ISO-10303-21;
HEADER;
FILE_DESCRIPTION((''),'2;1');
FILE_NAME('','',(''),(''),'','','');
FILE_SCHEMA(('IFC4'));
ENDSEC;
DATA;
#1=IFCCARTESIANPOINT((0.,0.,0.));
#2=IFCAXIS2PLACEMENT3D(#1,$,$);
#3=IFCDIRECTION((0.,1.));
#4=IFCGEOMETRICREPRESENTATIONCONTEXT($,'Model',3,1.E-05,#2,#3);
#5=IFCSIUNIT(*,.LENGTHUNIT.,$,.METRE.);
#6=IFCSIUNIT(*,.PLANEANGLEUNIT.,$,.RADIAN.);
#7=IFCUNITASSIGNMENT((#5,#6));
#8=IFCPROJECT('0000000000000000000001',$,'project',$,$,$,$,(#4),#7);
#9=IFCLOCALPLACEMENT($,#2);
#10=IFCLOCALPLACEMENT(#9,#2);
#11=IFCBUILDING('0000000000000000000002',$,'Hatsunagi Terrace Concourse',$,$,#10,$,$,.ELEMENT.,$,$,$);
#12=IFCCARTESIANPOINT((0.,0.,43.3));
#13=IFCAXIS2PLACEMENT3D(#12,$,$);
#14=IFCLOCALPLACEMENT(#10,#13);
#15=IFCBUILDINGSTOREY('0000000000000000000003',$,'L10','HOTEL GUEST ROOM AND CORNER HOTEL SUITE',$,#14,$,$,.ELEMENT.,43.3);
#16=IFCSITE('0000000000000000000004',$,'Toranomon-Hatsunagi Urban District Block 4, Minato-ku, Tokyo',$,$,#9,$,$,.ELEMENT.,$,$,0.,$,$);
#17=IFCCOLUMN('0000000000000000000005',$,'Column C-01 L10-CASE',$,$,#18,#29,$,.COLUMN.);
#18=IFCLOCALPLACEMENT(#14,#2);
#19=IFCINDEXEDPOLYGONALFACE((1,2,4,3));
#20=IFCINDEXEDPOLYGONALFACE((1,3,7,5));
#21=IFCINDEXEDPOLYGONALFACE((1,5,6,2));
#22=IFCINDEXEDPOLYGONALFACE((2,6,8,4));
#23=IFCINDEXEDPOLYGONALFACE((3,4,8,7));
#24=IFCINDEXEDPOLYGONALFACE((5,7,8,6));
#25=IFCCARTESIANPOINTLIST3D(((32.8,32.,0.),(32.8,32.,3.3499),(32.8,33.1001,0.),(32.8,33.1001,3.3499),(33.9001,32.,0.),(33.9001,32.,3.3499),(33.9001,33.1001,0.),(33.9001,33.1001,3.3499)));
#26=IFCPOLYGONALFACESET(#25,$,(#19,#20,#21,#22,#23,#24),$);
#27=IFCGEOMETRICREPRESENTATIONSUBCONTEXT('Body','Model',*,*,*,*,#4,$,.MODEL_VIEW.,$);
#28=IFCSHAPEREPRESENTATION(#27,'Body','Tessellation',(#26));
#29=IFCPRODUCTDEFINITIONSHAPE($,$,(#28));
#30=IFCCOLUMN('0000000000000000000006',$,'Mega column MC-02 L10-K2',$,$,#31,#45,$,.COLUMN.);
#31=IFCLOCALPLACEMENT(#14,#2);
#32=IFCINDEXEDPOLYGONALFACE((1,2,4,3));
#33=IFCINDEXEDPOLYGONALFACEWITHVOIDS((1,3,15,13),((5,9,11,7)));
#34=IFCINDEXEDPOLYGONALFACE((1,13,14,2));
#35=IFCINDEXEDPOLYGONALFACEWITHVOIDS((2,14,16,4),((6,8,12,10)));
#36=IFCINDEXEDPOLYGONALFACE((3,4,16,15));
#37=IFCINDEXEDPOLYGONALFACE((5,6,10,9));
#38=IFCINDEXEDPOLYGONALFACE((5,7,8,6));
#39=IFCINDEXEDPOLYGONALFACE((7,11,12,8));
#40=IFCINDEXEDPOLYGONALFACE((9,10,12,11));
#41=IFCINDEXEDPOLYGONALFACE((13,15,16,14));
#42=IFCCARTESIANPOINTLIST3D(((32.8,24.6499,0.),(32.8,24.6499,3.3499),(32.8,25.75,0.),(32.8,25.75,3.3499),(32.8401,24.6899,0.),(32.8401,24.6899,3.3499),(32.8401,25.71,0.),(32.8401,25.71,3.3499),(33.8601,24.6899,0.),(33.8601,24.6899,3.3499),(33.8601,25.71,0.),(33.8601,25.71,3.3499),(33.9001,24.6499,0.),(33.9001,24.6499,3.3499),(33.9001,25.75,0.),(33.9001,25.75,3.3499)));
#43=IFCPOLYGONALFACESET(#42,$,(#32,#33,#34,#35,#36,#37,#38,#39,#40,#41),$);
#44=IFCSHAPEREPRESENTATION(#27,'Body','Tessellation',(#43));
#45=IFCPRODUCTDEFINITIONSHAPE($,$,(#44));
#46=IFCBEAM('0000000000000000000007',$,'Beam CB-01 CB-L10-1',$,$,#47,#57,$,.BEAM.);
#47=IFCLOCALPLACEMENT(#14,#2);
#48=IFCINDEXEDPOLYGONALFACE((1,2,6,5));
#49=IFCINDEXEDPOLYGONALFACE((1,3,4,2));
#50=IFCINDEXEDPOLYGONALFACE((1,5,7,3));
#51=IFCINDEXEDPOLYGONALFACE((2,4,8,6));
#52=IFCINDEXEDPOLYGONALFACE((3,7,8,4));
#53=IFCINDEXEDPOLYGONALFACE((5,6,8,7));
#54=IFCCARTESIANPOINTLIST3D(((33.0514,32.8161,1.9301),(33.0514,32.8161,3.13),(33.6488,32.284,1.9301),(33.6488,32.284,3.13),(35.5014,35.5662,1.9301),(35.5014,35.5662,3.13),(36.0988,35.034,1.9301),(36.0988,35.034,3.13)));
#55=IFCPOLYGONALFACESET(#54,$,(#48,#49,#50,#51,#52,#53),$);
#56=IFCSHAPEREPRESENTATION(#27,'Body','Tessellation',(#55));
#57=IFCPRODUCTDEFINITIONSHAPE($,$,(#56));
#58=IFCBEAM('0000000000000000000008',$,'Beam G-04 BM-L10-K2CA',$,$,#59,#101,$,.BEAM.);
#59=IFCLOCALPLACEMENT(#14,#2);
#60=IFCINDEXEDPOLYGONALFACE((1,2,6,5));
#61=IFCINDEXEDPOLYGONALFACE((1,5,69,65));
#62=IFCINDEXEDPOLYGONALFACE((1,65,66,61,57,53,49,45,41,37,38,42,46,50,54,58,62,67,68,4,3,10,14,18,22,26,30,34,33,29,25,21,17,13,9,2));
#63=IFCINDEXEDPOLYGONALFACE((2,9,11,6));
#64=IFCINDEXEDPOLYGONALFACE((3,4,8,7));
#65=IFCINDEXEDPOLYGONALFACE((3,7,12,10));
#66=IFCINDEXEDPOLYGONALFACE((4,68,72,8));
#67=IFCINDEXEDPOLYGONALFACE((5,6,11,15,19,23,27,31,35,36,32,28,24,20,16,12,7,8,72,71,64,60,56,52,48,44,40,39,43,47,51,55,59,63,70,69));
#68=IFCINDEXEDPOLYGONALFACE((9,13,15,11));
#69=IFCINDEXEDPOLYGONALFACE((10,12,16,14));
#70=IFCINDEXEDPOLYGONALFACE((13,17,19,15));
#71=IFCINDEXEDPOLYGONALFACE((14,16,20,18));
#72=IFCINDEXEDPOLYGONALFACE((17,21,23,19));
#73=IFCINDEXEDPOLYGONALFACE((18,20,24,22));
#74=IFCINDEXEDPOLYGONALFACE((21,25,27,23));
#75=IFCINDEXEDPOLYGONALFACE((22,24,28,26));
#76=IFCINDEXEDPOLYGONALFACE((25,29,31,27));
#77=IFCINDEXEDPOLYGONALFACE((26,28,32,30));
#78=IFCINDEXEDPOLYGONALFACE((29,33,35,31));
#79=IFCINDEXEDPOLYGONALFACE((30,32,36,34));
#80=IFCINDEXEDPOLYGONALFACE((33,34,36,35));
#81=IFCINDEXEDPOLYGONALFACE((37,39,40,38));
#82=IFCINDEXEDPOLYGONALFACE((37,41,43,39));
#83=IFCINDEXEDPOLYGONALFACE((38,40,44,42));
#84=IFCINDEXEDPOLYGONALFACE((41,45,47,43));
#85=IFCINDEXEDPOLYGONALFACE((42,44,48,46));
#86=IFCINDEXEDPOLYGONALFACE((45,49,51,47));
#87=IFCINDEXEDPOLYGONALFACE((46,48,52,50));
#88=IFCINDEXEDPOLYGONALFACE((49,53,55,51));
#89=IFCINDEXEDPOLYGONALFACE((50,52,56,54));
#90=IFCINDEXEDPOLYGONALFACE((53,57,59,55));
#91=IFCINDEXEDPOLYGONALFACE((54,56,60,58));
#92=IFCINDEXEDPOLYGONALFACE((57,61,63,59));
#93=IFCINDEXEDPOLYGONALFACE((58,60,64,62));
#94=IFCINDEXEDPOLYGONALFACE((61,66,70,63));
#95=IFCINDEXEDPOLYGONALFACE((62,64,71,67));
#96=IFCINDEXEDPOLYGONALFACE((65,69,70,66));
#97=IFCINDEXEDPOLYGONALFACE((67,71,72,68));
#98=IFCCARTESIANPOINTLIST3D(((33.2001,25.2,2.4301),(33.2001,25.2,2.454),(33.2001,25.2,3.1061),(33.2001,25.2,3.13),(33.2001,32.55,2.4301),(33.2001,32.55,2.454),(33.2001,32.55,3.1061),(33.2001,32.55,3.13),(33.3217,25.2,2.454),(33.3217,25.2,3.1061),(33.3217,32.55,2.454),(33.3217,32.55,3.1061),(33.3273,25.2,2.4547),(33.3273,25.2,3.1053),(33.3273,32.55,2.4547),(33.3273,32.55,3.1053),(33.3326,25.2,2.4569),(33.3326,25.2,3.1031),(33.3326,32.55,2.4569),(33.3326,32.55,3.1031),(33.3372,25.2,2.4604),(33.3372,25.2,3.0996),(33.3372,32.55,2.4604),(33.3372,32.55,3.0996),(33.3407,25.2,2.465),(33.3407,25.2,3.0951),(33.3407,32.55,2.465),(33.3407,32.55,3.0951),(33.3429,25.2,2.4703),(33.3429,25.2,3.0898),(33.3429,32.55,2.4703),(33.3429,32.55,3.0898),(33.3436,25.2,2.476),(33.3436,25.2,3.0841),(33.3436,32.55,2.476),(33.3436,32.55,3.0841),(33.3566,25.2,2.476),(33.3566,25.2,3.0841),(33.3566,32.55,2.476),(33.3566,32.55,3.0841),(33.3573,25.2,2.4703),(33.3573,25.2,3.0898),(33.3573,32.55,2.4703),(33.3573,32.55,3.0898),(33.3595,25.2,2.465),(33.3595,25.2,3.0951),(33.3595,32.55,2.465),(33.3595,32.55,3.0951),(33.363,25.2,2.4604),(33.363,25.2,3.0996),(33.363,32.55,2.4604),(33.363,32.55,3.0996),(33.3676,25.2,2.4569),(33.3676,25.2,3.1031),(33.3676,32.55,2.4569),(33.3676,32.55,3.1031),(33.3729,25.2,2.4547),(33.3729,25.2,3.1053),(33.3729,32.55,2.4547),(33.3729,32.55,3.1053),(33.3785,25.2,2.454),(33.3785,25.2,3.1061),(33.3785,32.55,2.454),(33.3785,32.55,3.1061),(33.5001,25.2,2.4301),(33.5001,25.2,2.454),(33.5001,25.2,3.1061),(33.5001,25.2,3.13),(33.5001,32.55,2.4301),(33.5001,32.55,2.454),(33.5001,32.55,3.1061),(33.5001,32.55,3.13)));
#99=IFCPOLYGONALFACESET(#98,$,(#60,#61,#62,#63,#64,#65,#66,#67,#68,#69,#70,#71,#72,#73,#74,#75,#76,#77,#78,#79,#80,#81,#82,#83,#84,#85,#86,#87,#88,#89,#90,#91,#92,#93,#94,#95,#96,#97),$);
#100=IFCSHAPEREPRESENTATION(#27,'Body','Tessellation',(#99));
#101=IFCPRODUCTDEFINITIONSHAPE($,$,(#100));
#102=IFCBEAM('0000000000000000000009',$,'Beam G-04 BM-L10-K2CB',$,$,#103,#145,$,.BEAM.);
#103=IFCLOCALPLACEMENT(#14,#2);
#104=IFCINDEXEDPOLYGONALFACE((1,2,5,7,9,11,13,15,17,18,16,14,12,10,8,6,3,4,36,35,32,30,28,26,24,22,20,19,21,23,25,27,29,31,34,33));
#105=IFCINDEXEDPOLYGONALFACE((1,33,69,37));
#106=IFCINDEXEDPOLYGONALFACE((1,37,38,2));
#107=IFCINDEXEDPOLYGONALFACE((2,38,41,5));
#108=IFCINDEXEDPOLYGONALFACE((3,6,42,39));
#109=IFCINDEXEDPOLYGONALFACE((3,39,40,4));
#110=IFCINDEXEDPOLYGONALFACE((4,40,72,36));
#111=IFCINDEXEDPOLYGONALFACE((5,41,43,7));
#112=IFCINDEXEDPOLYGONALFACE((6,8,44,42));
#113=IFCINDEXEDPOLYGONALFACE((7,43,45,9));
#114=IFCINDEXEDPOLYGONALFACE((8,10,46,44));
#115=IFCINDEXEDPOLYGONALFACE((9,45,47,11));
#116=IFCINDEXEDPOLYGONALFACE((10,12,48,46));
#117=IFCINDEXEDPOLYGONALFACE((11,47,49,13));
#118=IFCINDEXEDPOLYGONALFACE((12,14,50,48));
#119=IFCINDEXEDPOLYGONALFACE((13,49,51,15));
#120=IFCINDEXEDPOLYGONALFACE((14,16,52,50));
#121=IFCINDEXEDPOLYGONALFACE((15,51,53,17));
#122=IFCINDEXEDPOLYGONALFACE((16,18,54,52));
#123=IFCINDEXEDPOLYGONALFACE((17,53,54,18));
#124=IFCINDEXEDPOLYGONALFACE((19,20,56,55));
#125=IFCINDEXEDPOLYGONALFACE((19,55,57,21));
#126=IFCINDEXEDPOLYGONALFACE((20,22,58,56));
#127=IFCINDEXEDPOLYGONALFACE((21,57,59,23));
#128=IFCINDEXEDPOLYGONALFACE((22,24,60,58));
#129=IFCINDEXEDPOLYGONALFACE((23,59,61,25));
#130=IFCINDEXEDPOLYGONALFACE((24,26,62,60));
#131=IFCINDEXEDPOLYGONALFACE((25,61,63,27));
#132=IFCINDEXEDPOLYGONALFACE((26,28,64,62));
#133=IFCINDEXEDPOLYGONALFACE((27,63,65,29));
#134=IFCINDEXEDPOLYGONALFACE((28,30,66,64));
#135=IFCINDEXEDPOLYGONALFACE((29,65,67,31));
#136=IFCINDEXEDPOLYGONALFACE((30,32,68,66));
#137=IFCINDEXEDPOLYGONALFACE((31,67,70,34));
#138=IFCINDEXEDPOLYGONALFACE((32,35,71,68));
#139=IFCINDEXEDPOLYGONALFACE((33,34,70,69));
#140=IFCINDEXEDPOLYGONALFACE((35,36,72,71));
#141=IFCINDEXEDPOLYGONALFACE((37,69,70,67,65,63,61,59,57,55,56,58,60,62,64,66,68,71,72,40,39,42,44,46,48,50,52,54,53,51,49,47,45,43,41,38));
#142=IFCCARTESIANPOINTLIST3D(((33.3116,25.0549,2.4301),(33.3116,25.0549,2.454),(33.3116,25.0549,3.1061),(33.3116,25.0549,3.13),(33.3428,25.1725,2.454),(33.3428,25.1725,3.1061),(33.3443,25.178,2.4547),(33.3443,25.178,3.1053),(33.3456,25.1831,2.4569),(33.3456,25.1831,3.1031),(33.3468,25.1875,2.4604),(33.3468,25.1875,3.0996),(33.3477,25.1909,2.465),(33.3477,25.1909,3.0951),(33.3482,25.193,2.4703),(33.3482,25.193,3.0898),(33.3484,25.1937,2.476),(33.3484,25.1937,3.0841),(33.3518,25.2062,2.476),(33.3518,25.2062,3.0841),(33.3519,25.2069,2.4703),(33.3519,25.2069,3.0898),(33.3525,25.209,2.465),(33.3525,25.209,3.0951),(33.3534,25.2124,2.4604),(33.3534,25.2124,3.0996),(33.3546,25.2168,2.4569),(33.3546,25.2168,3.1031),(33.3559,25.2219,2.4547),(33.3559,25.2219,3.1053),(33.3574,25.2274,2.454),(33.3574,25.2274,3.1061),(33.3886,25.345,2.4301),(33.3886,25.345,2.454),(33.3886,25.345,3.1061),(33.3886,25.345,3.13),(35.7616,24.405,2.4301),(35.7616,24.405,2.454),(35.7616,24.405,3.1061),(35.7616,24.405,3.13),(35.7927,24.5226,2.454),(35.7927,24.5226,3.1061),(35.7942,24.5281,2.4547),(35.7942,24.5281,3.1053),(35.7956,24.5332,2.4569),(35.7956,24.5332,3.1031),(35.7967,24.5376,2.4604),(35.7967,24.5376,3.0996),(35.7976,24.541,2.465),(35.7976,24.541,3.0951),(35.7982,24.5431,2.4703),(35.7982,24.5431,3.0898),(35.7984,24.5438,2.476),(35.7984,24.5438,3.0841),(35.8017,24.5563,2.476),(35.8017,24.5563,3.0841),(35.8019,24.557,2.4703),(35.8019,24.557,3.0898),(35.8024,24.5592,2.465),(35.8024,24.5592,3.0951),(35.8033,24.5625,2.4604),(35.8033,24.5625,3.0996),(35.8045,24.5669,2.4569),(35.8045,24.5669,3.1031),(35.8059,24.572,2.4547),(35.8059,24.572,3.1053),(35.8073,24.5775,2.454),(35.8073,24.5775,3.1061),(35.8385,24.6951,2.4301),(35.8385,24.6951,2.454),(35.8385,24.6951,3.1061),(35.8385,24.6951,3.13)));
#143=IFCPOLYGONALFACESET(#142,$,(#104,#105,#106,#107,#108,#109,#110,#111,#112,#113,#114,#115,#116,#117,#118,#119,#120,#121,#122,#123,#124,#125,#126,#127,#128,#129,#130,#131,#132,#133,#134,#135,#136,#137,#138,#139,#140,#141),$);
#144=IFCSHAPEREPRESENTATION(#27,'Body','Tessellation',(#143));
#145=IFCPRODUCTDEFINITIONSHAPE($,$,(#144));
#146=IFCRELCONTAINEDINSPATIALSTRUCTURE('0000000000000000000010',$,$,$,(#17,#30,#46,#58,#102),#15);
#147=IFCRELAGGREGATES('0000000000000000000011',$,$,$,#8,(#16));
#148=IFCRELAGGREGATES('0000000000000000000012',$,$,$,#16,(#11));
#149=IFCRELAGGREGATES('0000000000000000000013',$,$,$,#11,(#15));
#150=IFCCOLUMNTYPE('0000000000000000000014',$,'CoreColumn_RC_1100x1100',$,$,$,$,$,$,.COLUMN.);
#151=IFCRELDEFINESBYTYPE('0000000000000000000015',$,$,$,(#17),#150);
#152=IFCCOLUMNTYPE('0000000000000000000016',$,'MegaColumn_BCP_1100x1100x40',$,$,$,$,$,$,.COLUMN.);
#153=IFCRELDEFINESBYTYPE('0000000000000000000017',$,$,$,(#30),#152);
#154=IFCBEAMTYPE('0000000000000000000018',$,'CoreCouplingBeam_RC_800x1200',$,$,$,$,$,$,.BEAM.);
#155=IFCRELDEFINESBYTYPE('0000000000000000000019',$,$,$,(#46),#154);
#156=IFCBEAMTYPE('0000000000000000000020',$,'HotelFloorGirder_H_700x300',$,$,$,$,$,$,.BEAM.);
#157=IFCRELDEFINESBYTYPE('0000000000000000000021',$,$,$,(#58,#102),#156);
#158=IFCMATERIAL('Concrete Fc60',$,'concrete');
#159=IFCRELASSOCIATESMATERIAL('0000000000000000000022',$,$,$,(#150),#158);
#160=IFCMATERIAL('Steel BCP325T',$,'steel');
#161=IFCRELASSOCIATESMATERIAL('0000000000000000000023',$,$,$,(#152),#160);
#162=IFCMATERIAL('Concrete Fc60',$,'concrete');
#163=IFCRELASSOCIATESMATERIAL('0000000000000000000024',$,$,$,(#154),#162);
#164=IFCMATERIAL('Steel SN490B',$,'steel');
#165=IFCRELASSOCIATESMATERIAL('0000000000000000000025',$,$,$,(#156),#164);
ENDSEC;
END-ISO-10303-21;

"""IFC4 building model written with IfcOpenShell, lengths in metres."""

from ifc_helpers import new_model, si_unit, direction, frame, origin, origin_2d, place, context, subcontext, project, spatial, rectangle, hollow_rectangle, i_section, extrude, material, material_profile, profile_set, type_object, element, save


model = new_model("IFC4")

# Units and contexts
model_context = context("Model", 3, precision=1e-05, world=origin(), true_north=direction((0.0, 1.0)))
body_context = subcontext(model_context, "Body", "Model", "MODEL_VIEW")
ifc_project = project(units=[si_unit("LENGTHUNIT", "METRE"), si_unit("PLANEANGLEUNIT", "RADIAN")], contexts=[model_context])

# Site, building, storey
site_placement = place(None, origin())
site = spatial("IfcSite", under=ifc_project, at=site_placement, Name="Toranomon-Hatsunagi Urban District Block 4, Minato-ku, Tokyo", CompositionType="ELEMENT", RefElevation=0.0)
building_placement = place(site_placement, origin())
building = spatial("IfcBuilding", under=site, at=building_placement, Name="Hatsunagi Terrace Concourse", CompositionType="ELEMENT")
storey_placement = place(building_placement, frame((0.0, 0.0, 43.3)))
storey = spatial("IfcBuildingStorey", under=building, at=storey_placement, Name="L10", Description="HOTEL GUEST ROOM AND CORNER HOTEL SUITE", CompositionType="ELEMENT", Elevation=43.3)

# Columns
ifc_material_1 = material(Name="Concrete Fc60", Category="concrete")
ifc_material_profile_1 = material_profile(ifc_material_1, rectangle(XDim=1.1001, YDim=1.1001, at=origin_2d()), Name="RC-1100x1100")
ifc_profile_set_1 = profile_set([ifc_material_profile_1], Name="Concrete Fc60")
column_type_1 = type_object("IfcColumnType", Name="CoreColumn_RC_1100x1100", PredefinedType="COLUMN", material=ifc_profile_set_1)
column_1_placement = place(storey_placement, frame((33.3501, 32.55, 0.0), z_axis=(0.0, 0.0, 1.0), x_axis=(1.0, 0.0, 0.0)))
element("IfcColumn", 1, at=column_1_placement, inside=storey, type_object=column_type_1, Name="Column C-01 L10-CASE", PredefinedType="COLUMN", context=body_context, shape_type="SweptSolid", body=[
    extrude(rectangle(XDim=1.1001, YDim=1.1001, at=origin_2d()), origin(), (0.0, 0.0, 1.0), 3.3499),
])
ifc_material_2 = material(Name="Steel BCP325T", Category="steel")
ifc_material_profile_2 = material_profile(ifc_material_2, hollow_rectangle(XDim=1.1001, YDim=1.1001, WallThickness=0.04, at=origin_2d()), Name="BCP-1100x1100x40")
ifc_profile_set_2 = profile_set([ifc_material_profile_2], Name="Steel BCP325T")
column_type_2 = type_object("IfcColumnType", Name="MegaColumn_BCP_1100x1100x40", PredefinedType="COLUMN", material=ifc_profile_set_2)
column_2_placement = place(storey_placement, frame((33.3501, 25.2, 0.0), z_axis=(0.0, 0.0, 1.0), x_axis=(1.0, 0.0, 0.0)))
element("IfcColumn", 2, at=column_2_placement, inside=storey, type_object=column_type_2, Name="Mega column MC-02 L10-K2", PredefinedType="COLUMN", context=body_context, shape_type="SweptSolid", body=[
    extrude(hollow_rectangle(XDim=1.1001, YDim=1.1001, WallThickness=0.04, at=origin_2d()), origin(), (0.0, 0.0, 1.0), 3.3499),
])

# Beams
ifc_material_3 = material(Name="Concrete Fc60", Category="concrete")
ifc_material_profile_3 = material_profile(ifc_material_3, rectangle(XDim=0.8, YDim=1.2, at=origin_2d()), Name="RC-800x1200")
ifc_profile_set_3 = profile_set([ifc_material_profile_3], Name="Concrete Fc60")
beam_type_1 = type_object("IfcBeamType", Name="CoreCouplingBeam_RC_800x1200", PredefinedType="BEAM", material=ifc_profile_set_3)
beam_1_placement = place(storey_placement, frame((33.3501, 32.55, 2.53), z_axis=(0.665199, 0.746666, 0.0), x_axis=(-0.746666, 0.665199, 0.0)))
element("IfcBeam", 3, at=beam_1_placement, inside=storey, type_object=beam_type_1, Name="Beam CB-01 CB-L10-1", PredefinedType="BEAM", context=body_context, shape_type="SweptSolid", body=[
    extrude(rectangle(XDim=0.8, YDim=1.2, at=origin_2d()), origin(), (0.0, 0.0, 1.0), 3.6831),
])
ifc_material_4 = material(Name="Steel SN490B", Category="steel")
ifc_material_profile_4 = material_profile(ifc_material_4, i_section(OverallWidth=0.3, OverallDepth=0.7, WebThickness=0.0129, FlangeThickness=0.0239, FilletRadius=0.022, at=origin_2d()), Name="H-700x300x13x24")
ifc_profile_set_4 = profile_set([ifc_material_profile_4], Name="Steel SN490B")
beam_type_2 = type_object("IfcBeamType", Name="HotelFloorGirder_H_700x300", PredefinedType="BEAM", material=ifc_profile_set_4)
beam_2_placement = place(storey_placement, frame((33.3501, 25.2, 2.78), z_axis=(0.0, 1.0, 0.0), x_axis=(-1.0, 0.0, 0.0)))
element("IfcBeam", 4, at=beam_2_placement, inside=storey, type_object=beam_type_2, Name="Beam G-04 BM-L10-K2CA", PredefinedType="BEAM", context=body_context, shape_type="SweptSolid", body=[
    extrude(i_section(OverallWidth=0.3, OverallDepth=0.7, WebThickness=0.0129, FlangeThickness=0.0239, FilletRadius=0.022, at=origin_2d()), origin(), (0.0, 0.0, 1.0), 7.3501),
])
beam_3_placement = place(storey_placement, frame((33.3501, 25.2, 2.78), z_axis=(0.96657, -0.256403, 0.0), x_axis=(0.256403, 0.96657, 0.0)))
element("IfcBeam", 5, at=beam_3_placement, inside=storey, type_object=beam_type_2, Name="Beam G-04 BM-L10-K2CB", PredefinedType="BEAM", context=body_context, shape_type="SweptSolid", body=[
    extrude(i_section(OverallWidth=0.3, OverallDepth=0.7, WebThickness=0.0129, FlangeThickness=0.0239, FilletRadius=0.022, at=origin_2d()), origin(), (0.0, 0.0, 1.0), 2.5347),
])

save(model, "model.ifc")
